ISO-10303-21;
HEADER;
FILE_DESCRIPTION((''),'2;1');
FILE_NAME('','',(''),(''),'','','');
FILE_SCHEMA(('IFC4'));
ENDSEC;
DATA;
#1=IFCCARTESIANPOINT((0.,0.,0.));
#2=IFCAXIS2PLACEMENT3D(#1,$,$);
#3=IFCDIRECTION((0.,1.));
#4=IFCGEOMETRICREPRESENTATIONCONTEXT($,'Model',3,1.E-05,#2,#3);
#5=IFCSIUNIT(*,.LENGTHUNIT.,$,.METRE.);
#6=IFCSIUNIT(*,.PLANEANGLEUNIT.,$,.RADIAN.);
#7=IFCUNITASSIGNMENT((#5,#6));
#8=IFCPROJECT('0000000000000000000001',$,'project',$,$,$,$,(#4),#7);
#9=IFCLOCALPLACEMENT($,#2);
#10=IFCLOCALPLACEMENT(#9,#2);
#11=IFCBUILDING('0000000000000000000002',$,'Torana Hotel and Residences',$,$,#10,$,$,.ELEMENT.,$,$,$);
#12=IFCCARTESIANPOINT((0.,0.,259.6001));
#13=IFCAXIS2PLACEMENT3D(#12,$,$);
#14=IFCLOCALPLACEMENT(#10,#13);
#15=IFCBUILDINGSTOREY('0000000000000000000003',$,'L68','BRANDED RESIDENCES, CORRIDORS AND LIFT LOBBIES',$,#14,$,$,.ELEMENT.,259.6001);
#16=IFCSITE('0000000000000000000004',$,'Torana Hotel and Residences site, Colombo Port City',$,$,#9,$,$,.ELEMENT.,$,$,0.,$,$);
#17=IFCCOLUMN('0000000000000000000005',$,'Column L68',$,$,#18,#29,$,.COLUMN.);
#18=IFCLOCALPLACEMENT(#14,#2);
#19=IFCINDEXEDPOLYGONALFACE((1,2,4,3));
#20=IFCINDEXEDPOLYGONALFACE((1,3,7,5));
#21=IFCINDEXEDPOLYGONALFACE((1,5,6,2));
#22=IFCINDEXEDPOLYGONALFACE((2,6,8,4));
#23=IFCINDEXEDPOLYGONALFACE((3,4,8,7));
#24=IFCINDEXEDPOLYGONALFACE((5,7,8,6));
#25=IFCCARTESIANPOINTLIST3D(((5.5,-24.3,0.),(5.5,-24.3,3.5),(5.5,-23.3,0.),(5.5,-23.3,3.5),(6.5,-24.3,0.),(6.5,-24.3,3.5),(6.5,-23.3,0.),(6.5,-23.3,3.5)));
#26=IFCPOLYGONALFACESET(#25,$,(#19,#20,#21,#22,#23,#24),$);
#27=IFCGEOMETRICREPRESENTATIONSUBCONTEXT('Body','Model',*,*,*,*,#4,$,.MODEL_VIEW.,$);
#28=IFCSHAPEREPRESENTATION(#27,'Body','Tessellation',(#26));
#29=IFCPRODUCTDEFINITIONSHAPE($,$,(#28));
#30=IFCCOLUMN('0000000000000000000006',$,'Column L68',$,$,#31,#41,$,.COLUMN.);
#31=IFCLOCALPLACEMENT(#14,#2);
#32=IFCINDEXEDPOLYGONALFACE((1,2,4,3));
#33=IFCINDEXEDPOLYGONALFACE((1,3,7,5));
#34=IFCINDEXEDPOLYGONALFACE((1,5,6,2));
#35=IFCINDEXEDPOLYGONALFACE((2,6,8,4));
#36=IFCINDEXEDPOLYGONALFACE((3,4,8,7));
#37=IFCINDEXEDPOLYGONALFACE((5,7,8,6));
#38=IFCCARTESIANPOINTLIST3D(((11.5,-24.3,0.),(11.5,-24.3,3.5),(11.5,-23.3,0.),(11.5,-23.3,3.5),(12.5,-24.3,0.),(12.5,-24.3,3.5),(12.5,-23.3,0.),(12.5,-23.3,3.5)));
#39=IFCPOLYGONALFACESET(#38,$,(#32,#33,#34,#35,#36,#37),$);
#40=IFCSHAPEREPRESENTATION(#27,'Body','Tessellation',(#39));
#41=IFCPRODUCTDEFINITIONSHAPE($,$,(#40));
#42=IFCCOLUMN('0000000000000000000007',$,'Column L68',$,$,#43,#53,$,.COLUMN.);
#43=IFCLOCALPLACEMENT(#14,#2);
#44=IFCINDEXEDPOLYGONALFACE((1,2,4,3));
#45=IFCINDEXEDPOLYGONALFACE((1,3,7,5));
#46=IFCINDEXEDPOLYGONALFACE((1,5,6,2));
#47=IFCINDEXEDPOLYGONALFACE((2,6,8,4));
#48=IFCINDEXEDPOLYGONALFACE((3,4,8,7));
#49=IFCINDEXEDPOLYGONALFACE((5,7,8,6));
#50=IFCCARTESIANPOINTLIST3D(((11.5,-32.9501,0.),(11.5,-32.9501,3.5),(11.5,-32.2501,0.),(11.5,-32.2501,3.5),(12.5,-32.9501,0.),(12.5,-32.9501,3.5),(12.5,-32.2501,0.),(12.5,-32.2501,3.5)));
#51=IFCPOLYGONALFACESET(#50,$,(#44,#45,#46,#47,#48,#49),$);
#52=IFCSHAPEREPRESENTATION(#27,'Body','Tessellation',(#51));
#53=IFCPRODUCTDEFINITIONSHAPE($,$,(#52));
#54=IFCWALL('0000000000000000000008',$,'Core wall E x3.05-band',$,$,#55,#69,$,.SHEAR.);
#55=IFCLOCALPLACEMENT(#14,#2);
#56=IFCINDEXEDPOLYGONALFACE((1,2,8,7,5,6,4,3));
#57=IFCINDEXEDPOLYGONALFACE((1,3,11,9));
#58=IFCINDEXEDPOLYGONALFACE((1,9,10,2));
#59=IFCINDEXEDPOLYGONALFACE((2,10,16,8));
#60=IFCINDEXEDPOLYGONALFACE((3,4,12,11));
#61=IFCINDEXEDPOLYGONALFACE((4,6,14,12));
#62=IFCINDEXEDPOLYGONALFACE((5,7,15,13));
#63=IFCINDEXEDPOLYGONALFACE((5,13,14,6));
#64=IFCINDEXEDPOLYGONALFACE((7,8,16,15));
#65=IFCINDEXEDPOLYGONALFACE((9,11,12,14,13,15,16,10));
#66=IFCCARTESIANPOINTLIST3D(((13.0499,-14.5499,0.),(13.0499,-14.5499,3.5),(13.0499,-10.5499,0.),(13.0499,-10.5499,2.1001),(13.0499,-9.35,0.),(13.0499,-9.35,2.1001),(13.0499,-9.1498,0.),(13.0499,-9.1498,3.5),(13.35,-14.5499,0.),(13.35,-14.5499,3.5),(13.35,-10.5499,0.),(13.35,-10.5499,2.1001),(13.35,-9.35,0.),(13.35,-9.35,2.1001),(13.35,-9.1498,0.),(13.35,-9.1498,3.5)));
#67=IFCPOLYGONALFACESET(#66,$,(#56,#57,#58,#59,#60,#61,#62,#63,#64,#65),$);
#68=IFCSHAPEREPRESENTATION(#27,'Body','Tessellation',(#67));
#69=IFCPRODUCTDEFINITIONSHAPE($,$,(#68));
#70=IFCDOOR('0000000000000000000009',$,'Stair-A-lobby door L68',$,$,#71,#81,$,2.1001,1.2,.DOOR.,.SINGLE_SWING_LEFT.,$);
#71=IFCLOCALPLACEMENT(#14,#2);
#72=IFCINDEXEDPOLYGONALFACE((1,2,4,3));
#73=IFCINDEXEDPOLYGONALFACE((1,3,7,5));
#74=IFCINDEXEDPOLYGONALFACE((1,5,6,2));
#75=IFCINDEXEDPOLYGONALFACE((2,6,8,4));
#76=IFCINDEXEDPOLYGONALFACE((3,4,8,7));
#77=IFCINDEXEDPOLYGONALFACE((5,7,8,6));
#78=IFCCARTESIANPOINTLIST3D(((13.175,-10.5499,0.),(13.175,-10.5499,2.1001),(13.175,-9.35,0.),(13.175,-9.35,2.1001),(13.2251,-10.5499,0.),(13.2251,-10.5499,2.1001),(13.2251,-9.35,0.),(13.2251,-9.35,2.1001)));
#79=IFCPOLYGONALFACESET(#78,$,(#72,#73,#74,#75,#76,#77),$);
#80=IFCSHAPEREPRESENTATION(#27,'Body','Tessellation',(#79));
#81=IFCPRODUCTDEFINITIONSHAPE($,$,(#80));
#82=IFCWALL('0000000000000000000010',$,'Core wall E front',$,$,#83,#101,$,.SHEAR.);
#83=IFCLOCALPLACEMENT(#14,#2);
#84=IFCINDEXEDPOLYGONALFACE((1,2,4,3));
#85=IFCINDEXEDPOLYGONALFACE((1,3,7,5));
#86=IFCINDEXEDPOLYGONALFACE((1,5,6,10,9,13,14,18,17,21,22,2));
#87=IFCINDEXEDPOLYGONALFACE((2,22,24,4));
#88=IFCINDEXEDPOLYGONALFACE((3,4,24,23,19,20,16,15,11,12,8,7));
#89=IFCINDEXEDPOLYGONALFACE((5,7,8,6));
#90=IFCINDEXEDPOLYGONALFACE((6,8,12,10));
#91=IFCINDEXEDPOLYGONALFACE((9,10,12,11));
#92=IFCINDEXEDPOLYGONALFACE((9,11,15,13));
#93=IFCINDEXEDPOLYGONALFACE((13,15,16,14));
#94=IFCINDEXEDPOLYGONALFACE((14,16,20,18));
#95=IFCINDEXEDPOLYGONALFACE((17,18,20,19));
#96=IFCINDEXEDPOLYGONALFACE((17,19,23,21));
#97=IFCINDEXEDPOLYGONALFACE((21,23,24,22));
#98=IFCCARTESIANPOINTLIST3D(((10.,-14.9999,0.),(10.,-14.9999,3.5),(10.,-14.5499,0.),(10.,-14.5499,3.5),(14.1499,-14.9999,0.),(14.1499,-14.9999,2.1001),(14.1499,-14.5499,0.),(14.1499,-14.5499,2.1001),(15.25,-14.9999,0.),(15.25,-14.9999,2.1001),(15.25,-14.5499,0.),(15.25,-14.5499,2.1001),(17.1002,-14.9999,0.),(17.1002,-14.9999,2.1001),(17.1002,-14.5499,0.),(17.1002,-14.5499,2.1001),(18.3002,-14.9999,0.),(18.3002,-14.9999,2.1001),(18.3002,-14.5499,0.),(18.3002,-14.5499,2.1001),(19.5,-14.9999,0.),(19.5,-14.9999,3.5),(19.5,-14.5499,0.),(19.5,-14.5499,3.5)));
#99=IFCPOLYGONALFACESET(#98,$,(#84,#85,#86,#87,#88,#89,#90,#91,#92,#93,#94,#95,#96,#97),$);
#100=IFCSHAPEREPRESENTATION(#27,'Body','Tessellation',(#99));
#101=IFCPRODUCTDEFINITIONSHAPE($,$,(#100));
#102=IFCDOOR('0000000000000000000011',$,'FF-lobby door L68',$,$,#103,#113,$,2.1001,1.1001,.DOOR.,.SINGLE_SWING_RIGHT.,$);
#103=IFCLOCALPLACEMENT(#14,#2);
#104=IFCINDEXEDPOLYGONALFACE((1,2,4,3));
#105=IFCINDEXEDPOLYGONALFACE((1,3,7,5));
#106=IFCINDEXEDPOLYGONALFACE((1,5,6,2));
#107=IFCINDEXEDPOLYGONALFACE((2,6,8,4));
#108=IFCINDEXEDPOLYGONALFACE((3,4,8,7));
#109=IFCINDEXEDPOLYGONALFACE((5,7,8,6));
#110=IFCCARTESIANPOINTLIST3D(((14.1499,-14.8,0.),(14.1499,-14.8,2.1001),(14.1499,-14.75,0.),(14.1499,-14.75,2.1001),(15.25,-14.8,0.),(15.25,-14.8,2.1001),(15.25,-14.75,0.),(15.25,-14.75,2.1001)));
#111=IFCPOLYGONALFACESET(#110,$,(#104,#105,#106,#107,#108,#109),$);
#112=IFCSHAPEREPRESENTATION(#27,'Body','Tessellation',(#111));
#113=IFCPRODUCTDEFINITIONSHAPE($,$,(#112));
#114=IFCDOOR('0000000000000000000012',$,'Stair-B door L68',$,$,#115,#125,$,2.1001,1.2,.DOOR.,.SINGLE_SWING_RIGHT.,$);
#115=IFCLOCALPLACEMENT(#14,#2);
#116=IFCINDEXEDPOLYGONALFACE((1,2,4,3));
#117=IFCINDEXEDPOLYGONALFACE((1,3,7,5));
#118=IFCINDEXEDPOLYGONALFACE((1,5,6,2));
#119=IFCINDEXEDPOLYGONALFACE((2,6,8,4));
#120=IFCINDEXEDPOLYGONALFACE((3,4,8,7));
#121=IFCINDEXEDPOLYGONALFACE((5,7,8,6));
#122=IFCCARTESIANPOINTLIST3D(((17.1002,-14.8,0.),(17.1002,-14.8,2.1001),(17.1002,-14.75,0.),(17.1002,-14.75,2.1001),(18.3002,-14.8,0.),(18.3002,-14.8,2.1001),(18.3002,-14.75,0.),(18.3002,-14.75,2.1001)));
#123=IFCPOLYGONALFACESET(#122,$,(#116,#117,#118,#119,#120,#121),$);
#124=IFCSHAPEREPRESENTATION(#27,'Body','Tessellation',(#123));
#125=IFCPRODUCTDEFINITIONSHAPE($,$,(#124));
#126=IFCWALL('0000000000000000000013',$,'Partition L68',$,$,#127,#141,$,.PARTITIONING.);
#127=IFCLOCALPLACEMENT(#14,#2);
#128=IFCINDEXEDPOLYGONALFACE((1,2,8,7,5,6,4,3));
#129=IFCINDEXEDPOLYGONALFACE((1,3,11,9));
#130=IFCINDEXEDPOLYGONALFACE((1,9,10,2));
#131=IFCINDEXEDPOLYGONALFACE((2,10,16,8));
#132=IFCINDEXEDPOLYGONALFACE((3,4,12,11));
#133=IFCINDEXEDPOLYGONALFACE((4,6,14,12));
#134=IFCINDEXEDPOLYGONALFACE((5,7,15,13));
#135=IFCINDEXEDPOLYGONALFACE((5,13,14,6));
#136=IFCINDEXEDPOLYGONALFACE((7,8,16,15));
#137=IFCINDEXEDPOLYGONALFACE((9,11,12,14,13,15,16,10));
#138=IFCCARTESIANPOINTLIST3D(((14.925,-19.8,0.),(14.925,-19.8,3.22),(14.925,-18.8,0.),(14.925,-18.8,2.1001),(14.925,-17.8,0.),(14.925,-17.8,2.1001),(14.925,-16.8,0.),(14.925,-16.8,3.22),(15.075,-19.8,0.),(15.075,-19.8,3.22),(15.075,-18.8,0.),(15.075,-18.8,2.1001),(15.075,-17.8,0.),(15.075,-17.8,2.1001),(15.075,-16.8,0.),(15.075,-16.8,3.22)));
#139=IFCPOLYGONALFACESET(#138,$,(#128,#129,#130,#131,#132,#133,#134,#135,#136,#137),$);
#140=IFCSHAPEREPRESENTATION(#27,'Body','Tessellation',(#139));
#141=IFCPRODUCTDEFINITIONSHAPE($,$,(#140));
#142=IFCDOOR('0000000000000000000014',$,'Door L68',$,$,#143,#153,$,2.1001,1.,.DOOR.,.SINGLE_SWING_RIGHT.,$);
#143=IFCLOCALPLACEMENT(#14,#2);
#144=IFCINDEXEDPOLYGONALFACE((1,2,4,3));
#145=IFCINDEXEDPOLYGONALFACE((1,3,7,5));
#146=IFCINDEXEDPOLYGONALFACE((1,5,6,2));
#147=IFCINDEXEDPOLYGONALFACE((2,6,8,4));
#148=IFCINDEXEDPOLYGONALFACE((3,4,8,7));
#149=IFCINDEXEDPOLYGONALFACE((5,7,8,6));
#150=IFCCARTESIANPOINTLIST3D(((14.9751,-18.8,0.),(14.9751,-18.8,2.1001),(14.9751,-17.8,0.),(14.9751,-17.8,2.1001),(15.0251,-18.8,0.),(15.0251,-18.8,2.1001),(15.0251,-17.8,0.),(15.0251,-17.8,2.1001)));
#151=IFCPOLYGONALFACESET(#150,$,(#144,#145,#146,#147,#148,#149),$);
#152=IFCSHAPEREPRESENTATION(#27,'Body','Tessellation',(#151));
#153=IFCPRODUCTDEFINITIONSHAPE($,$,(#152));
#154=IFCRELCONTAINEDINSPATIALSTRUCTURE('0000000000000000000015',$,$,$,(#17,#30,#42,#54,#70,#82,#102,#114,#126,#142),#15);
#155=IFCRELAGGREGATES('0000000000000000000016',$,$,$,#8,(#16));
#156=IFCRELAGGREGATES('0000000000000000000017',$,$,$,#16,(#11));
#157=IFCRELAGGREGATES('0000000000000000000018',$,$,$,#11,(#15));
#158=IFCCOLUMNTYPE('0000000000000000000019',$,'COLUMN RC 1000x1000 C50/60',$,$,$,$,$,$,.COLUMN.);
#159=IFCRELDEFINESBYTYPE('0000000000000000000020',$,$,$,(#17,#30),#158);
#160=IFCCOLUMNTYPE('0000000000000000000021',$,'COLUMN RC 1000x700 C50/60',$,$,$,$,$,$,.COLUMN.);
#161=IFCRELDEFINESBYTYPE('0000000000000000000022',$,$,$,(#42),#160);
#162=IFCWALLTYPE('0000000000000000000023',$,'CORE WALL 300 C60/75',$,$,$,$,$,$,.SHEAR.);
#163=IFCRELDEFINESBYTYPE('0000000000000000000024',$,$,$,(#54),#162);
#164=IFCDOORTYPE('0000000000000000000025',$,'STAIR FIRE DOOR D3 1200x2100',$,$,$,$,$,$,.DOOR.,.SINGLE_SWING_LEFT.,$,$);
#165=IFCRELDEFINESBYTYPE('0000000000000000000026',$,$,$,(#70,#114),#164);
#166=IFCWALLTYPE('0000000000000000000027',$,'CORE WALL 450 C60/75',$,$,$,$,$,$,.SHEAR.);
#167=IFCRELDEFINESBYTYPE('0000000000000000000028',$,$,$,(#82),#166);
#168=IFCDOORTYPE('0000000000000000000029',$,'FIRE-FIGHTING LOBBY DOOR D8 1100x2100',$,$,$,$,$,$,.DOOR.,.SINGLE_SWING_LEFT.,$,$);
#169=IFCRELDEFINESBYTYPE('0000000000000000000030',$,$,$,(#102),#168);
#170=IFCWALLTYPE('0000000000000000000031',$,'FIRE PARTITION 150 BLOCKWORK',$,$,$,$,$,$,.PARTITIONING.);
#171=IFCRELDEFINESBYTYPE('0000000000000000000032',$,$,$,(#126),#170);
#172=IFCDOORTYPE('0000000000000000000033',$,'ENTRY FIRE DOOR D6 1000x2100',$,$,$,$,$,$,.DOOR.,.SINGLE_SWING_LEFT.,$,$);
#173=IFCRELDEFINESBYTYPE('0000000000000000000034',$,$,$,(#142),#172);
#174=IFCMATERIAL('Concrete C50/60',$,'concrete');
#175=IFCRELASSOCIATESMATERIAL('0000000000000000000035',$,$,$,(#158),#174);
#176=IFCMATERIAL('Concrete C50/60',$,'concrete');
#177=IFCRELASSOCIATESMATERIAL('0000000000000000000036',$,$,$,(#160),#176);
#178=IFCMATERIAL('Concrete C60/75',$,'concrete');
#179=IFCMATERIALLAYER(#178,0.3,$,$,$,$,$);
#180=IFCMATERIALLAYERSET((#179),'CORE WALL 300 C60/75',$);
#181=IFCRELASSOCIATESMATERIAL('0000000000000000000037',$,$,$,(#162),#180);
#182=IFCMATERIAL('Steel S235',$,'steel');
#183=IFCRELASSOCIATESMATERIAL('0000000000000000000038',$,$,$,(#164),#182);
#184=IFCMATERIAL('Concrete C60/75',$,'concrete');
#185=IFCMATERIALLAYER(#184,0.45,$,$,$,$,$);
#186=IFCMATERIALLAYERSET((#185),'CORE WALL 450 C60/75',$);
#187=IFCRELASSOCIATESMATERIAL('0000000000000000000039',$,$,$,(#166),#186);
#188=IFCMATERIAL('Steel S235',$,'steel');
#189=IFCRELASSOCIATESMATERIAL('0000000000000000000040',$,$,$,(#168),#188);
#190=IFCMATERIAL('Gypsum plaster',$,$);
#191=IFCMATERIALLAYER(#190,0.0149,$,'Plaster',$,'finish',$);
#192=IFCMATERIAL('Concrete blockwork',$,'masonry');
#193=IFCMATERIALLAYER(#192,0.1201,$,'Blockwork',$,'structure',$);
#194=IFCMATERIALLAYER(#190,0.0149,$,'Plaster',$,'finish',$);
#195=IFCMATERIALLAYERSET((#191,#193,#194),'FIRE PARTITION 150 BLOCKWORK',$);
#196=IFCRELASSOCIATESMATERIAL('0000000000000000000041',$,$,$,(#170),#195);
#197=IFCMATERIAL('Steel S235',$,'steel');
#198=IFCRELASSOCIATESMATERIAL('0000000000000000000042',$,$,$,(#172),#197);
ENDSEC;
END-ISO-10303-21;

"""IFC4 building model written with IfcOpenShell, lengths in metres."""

from ifc_helpers import new_model, si_unit, direction, frame, frame_2d, origin, origin_2d, place, context, subcontext, project, spatial, rectangle, extrude, material, layer, layer_set, material_profile, profile_set, type_object, element, fill, save


model = new_model("IFC4")

# Units and contexts
model_context = context("Model", 3, precision=1e-05, world=origin(), true_north=direction((0.0, 1.0)))
body_context = subcontext(model_context, "Body", "Model", "MODEL_VIEW")
ifc_project = project(units=[si_unit("LENGTHUNIT", "METRE"), si_unit("PLANEANGLEUNIT", "RADIAN")], contexts=[model_context])

# Site, building, storey
site_placement = place(None, origin())
site = spatial("IfcSite", under=ifc_project, at=site_placement, Name="Torana Hotel and Residences site, Colombo Port City", CompositionType="ELEMENT", RefElevation=0.0)
building_placement = place(site_placement, origin())
building = spatial("IfcBuilding", under=site, at=building_placement, Name="Torana Hotel and Residences", CompositionType="ELEMENT")
storey_placement = place(building_placement, frame((0.0, 0.0, 259.6001)))
storey = spatial("IfcBuildingStorey", under=building, at=storey_placement, Name="L68", Description="BRANDED RESIDENCES, CORRIDORS AND LIFT LOBBIES", CompositionType="ELEMENT", Elevation=259.6001)

# Columns
ifc_material_1 = material(Name="Concrete C50/60", Category="concrete")
ifc_material_profile_1 = material_profile(ifc_material_1, rectangle(XDim=1.0, YDim=1.0, at=origin_2d()), Name="RC 1000x1000")
ifc_profile_set_1 = profile_set([ifc_material_profile_1], Name="Concrete C50/60")
column_type_1 = type_object("IfcColumnType", Name="COLUMN RC 1000x1000 C50/60", PredefinedType="COLUMN", material=ifc_profile_set_1)
for number, where, z_axis, x_axis, name in (
    (1, (6.0, -23.8, 0.0), (0.0, 0.0, 1.0), (1.0, 0.0, 0.0), "Column L68"),
    (2, (12.0, -23.8, 0.0), (0.0, 0.0, 1.0), (1.0, 0.0, 0.0), "Column L68"),
):
    element("IfcColumn", number, at=place(storey_placement, frame(where, z_axis=z_axis, x_axis=x_axis)), inside=storey, type_object=column_type_1, Name=name, PredefinedType="COLUMN", context=body_context, shape_type="SweptSolid", body=[
        extrude(rectangle(XDim=1.0, YDim=1.0, at=origin_2d()), origin(), (0.0, 0.0, 1.0), 3.5),
    ])
ifc_material_2 = material(Name="Concrete C50/60", Category="concrete")
ifc_material_profile_2 = material_profile(ifc_material_2, rectangle(XDim=1.0, YDim=0.7, at=origin_2d()), Name="RC 1000x700")
ifc_profile_set_2 = profile_set([ifc_material_profile_2], Name="Concrete C50/60")
column_type_2 = type_object("IfcColumnType", Name="COLUMN RC 1000x700 C50/60", PredefinedType="COLUMN", material=ifc_profile_set_2)
column_placement = place(storey_placement, frame((12.0, -32.6001, 0.0), z_axis=(0.0, 0.0, 1.0), x_axis=(1.0, 0.0, 0.0)))
element("IfcColumn", 3, at=column_placement, inside=storey, type_object=column_type_2, Name="Column L68", PredefinedType="COLUMN", context=body_context, shape_type="SweptSolid", body=[
    extrude(rectangle(XDim=1.0, YDim=0.7, at=origin_2d()), origin(), (0.0, 0.0, 1.0), 3.5),
])

# Wall, opening, door
ifc_material_3 = material(Name="Concrete C60/75", Category="concrete")
ifc_layer_1 = layer(ifc_material_3, 0.3)
ifc_layer_set_1 = layer_set([ifc_layer_1], Name="CORE WALL 300 C60/75")
wall_type_1 = type_object("IfcWallType", Name="CORE WALL 300 C60/75", PredefinedType="SHEAR", material=ifc_layer_set_1)
wall_1_placement = place(storey_placement, frame((13.2, -14.55, 0.0), z_axis=(0.0, 0.0, 1.0), x_axis=(0.0, 1.0, 0.0)))
wall_1 = element("IfcWall", 4, at=wall_1_placement, inside=storey, type_object=wall_type_1, Name="Core wall E x3.05-band", PredefinedType="SHEAR", context=body_context, shape_type="SweptSolid", body=[
    extrude(rectangle(XDim=5.4001, YDim=0.3, at=frame_2d((2.7002, 0.0))), origin(), (0.0, 0.0, 1.0), 3.5),
])
opening_1_placement = place(wall_1_placement, frame((4.0, 0.0, 0.0)))
opening_1 = element("IfcOpeningElement", 5, at=opening_1_placement, cuts=wall_1, PredefinedType="OPENING", context=body_context, shape_type="SweptSolid", body=[
    extrude(rectangle(XDim=1.2, YDim=2.1001, at=frame_2d((0.6001, 1.05))), frame((0.0, 0.1599, 0.0), z_axis=(0.0, -1.0, 0.0), x_axis=(1.0, 0.0, 0.0)), (0.0, 0.0, 1.0), 0.3201),
])
ifc_material_4 = material(Name="Steel S235", Category="steel")
door_type_1 = type_object("IfcDoorType", Name="STAIR FIRE DOOR D3 1200x2100", OperationType="SINGLE_SWING_LEFT", PredefinedType="DOOR", material=ifc_material_4)
door_1_placement = place(opening_1_placement, origin())
door_1 = element("IfcDoor", 6, at=door_1_placement, inside=storey, type_object=door_type_1, Name="Stair-A-lobby door L68", OperationType="SINGLE_SWING_LEFT", OverallHeight=2.1001, OverallWidth=1.2, PredefinedType="DOOR", context=body_context, shape_type="SweptSolid", body=[
    extrude(rectangle(XDim=1.2, YDim=2.1001, at=frame_2d((0.6001, 1.05))), frame((0.0, 0.0249, 0.0), z_axis=(0.0, -1.0, 0.0), x_axis=(1.0, 0.0, 0.0)), (0.0, 0.0, 1.0), 0.05),
])
fill(opening_1, door_1)

# Wall, openings, doors
ifc_material_5 = material(Name="Concrete C60/75", Category="concrete")
ifc_layer_2 = layer(ifc_material_5, 0.45)
ifc_layer_set_2 = layer_set([ifc_layer_2], Name="CORE WALL 450 C60/75")
wall_type_2 = type_object("IfcWallType", Name="CORE WALL 450 C60/75", PredefinedType="SHEAR", material=ifc_layer_set_2)
wall_2_placement = place(storey_placement, frame((10.0, -14.7749, 0.0), z_axis=(0.0, 0.0, 1.0), x_axis=(1.0, 0.0, 0.0)))
wall_2 = element("IfcWall", 7, at=wall_2_placement, inside=storey, type_object=wall_type_2, Name="Core wall E front", PredefinedType="SHEAR", context=body_context, shape_type="SweptSolid", body=[
    extrude(rectangle(XDim=9.5, YDim=0.45, at=frame_2d((4.75, 0.0))), origin(), (0.0, 0.0, 1.0), 3.5),
])
opening_2_placement = place(wall_2_placement, frame((7.1001, 0.0, 0.0)))
opening_2 = element("IfcOpeningElement", 8, at=opening_2_placement, cuts=wall_2, PredefinedType="OPENING", context=body_context, shape_type="SweptSolid", body=[
    extrude(rectangle(XDim=1.2, YDim=2.1001, at=frame_2d((0.6001, 1.05))), frame((0.0, 0.2349, 0.0), z_axis=(0.0, -1.0, 0.0), x_axis=(1.0, 0.0, 0.0)), (0.0, 0.0, 1.0), 0.47),
])
opening_3_placement = place(wall_2_placement, frame((4.1499, 0.0, 0.0)))
opening_3 = element("IfcOpeningElement", 9, at=opening_3_placement, cuts=wall_2, PredefinedType="OPENING", context=body_context, shape_type="SweptSolid", body=[
    extrude(rectangle(XDim=1.1001, YDim=2.1001, at=frame_2d((0.55, 1.05))), frame((0.0, 0.2349, 0.0), z_axis=(0.0, -1.0, 0.0), x_axis=(1.0, 0.0, 0.0)), (0.0, 0.0, 1.0), 0.47),
])
ifc_material_6 = material(Name="Steel S235", Category="steel")
door_type_2 = type_object("IfcDoorType", Name="FIRE-FIGHTING LOBBY DOOR D8 1100x2100", OperationType="SINGLE_SWING_LEFT", PredefinedType="DOOR", material=ifc_material_6)
door_2_placement = place(opening_3_placement, origin())
door_2 = element("IfcDoor", 10, at=door_2_placement, inside=storey, type_object=door_type_2, Name="FF-lobby door L68", OperationType="SINGLE_SWING_RIGHT", OverallHeight=2.1001, OverallWidth=1.1001, PredefinedType="DOOR", context=body_context, shape_type="SweptSolid", body=[
    extrude(rectangle(XDim=1.1001, YDim=2.1001, at=frame_2d((0.55, 1.05))), frame((0.0, 0.0249, 0.0), z_axis=(0.0, -1.0, 0.0), x_axis=(1.0, 0.0, 0.0)), (0.0, 0.0, 1.0), 0.05),
])
fill(opening_3, door_2)
door_3_placement = place(opening_2_placement, origin())
door_3 = element("IfcDoor", 11, at=door_3_placement, inside=storey, type_object=door_type_1, Name="Stair-B door L68", OperationType="SINGLE_SWING_RIGHT", OverallHeight=2.1001, OverallWidth=1.2, PredefinedType="DOOR", context=body_context, shape_type="SweptSolid", body=[
    extrude(rectangle(XDim=1.2, YDim=2.1001, at=frame_2d((0.6001, 1.05))), frame((0.0, 0.0249, 0.0), z_axis=(0.0, -1.0, 0.0), x_axis=(1.0, 0.0, 0.0)), (0.0, 0.0, 1.0), 0.05),
])
fill(opening_2, door_3)

# Wall, opening, door
ifc_material_7 = material(Name="Gypsum plaster")
ifc_layer_3 = layer(ifc_material_7, 0.0149, Name="Plaster", Category="finish")
ifc_material_8 = material(Name="Concrete blockwork", Category="masonry")
ifc_layer_4 = layer(ifc_material_8, 0.1201, Name="Blockwork", Category="structure")
ifc_layer_5 = layer(ifc_material_7, 0.0149, Name="Plaster", Category="finish")
ifc_layer_set_3 = layer_set([ifc_layer_3, ifc_layer_4, ifc_layer_5], Name="FIRE PARTITION 150 BLOCKWORK")
wall_type_3 = type_object("IfcWallType", Name="FIRE PARTITION 150 BLOCKWORK", PredefinedType="PARTITIONING", material=ifc_layer_set_3)
wall_3_placement = place(storey_placement, frame((15.0, -19.8, 0.0), z_axis=(0.0, 0.0, 1.0), x_axis=(0.0, 1.0, 0.0)))
wall_3 = element("IfcWall", 12, at=wall_3_placement, inside=storey, type_object=wall_type_3, Name="Partition L68", PredefinedType="PARTITIONING", context=body_context, shape_type="SweptSolid", body=[
    extrude(rectangle(XDim=3.0, YDim=0.1499, at=frame_2d((1.5, 0.0))), origin(), (0.0, 0.0, 1.0), 3.22),
])
opening_4_placement = place(wall_3_placement, frame((1.0, 0.0, 0.0)))
opening_4 = element("IfcOpeningElement", 13, at=opening_4_placement, cuts=wall_3, PredefinedType="OPENING", context=body_context, shape_type="SweptSolid", body=[
    extrude(rectangle(XDim=1.0, YDim=2.1001, at=frame_2d((0.5, 1.05))), frame((0.0, 0.085, 0.0), z_axis=(0.0, -1.0, 0.0), x_axis=(1.0, 0.0, 0.0)), (0.0, 0.0, 1.0), 0.1699),
])
ifc_material_9 = material(Name="Steel S235", Category="steel")
door_type_3 = type_object("IfcDoorType", Name="ENTRY FIRE DOOR D6 1000x2100", OperationType="SINGLE_SWING_LEFT", PredefinedType="DOOR", material=ifc_material_9)
door_4_placement = place(opening_4_placement, origin())
door_4 = element("IfcDoor", 14, at=door_4_placement, inside=storey, type_object=door_type_3, Name="Door L68", OperationType="SINGLE_SWING_RIGHT", OverallHeight=2.1001, OverallWidth=1.0, PredefinedType="DOOR", context=body_context, shape_type="SweptSolid", body=[
    extrude(rectangle(XDim=1.0, YDim=2.1001, at=frame_2d((0.5, 1.05))), frame((0.0, 0.0249, 0.0), z_axis=(0.0, -1.0, 0.0), x_axis=(1.0, 0.0, 0.0)), (0.0, 0.0, 1.0), 0.05),
])
fill(opening_4, door_4)

save(model, "model.ifc")
